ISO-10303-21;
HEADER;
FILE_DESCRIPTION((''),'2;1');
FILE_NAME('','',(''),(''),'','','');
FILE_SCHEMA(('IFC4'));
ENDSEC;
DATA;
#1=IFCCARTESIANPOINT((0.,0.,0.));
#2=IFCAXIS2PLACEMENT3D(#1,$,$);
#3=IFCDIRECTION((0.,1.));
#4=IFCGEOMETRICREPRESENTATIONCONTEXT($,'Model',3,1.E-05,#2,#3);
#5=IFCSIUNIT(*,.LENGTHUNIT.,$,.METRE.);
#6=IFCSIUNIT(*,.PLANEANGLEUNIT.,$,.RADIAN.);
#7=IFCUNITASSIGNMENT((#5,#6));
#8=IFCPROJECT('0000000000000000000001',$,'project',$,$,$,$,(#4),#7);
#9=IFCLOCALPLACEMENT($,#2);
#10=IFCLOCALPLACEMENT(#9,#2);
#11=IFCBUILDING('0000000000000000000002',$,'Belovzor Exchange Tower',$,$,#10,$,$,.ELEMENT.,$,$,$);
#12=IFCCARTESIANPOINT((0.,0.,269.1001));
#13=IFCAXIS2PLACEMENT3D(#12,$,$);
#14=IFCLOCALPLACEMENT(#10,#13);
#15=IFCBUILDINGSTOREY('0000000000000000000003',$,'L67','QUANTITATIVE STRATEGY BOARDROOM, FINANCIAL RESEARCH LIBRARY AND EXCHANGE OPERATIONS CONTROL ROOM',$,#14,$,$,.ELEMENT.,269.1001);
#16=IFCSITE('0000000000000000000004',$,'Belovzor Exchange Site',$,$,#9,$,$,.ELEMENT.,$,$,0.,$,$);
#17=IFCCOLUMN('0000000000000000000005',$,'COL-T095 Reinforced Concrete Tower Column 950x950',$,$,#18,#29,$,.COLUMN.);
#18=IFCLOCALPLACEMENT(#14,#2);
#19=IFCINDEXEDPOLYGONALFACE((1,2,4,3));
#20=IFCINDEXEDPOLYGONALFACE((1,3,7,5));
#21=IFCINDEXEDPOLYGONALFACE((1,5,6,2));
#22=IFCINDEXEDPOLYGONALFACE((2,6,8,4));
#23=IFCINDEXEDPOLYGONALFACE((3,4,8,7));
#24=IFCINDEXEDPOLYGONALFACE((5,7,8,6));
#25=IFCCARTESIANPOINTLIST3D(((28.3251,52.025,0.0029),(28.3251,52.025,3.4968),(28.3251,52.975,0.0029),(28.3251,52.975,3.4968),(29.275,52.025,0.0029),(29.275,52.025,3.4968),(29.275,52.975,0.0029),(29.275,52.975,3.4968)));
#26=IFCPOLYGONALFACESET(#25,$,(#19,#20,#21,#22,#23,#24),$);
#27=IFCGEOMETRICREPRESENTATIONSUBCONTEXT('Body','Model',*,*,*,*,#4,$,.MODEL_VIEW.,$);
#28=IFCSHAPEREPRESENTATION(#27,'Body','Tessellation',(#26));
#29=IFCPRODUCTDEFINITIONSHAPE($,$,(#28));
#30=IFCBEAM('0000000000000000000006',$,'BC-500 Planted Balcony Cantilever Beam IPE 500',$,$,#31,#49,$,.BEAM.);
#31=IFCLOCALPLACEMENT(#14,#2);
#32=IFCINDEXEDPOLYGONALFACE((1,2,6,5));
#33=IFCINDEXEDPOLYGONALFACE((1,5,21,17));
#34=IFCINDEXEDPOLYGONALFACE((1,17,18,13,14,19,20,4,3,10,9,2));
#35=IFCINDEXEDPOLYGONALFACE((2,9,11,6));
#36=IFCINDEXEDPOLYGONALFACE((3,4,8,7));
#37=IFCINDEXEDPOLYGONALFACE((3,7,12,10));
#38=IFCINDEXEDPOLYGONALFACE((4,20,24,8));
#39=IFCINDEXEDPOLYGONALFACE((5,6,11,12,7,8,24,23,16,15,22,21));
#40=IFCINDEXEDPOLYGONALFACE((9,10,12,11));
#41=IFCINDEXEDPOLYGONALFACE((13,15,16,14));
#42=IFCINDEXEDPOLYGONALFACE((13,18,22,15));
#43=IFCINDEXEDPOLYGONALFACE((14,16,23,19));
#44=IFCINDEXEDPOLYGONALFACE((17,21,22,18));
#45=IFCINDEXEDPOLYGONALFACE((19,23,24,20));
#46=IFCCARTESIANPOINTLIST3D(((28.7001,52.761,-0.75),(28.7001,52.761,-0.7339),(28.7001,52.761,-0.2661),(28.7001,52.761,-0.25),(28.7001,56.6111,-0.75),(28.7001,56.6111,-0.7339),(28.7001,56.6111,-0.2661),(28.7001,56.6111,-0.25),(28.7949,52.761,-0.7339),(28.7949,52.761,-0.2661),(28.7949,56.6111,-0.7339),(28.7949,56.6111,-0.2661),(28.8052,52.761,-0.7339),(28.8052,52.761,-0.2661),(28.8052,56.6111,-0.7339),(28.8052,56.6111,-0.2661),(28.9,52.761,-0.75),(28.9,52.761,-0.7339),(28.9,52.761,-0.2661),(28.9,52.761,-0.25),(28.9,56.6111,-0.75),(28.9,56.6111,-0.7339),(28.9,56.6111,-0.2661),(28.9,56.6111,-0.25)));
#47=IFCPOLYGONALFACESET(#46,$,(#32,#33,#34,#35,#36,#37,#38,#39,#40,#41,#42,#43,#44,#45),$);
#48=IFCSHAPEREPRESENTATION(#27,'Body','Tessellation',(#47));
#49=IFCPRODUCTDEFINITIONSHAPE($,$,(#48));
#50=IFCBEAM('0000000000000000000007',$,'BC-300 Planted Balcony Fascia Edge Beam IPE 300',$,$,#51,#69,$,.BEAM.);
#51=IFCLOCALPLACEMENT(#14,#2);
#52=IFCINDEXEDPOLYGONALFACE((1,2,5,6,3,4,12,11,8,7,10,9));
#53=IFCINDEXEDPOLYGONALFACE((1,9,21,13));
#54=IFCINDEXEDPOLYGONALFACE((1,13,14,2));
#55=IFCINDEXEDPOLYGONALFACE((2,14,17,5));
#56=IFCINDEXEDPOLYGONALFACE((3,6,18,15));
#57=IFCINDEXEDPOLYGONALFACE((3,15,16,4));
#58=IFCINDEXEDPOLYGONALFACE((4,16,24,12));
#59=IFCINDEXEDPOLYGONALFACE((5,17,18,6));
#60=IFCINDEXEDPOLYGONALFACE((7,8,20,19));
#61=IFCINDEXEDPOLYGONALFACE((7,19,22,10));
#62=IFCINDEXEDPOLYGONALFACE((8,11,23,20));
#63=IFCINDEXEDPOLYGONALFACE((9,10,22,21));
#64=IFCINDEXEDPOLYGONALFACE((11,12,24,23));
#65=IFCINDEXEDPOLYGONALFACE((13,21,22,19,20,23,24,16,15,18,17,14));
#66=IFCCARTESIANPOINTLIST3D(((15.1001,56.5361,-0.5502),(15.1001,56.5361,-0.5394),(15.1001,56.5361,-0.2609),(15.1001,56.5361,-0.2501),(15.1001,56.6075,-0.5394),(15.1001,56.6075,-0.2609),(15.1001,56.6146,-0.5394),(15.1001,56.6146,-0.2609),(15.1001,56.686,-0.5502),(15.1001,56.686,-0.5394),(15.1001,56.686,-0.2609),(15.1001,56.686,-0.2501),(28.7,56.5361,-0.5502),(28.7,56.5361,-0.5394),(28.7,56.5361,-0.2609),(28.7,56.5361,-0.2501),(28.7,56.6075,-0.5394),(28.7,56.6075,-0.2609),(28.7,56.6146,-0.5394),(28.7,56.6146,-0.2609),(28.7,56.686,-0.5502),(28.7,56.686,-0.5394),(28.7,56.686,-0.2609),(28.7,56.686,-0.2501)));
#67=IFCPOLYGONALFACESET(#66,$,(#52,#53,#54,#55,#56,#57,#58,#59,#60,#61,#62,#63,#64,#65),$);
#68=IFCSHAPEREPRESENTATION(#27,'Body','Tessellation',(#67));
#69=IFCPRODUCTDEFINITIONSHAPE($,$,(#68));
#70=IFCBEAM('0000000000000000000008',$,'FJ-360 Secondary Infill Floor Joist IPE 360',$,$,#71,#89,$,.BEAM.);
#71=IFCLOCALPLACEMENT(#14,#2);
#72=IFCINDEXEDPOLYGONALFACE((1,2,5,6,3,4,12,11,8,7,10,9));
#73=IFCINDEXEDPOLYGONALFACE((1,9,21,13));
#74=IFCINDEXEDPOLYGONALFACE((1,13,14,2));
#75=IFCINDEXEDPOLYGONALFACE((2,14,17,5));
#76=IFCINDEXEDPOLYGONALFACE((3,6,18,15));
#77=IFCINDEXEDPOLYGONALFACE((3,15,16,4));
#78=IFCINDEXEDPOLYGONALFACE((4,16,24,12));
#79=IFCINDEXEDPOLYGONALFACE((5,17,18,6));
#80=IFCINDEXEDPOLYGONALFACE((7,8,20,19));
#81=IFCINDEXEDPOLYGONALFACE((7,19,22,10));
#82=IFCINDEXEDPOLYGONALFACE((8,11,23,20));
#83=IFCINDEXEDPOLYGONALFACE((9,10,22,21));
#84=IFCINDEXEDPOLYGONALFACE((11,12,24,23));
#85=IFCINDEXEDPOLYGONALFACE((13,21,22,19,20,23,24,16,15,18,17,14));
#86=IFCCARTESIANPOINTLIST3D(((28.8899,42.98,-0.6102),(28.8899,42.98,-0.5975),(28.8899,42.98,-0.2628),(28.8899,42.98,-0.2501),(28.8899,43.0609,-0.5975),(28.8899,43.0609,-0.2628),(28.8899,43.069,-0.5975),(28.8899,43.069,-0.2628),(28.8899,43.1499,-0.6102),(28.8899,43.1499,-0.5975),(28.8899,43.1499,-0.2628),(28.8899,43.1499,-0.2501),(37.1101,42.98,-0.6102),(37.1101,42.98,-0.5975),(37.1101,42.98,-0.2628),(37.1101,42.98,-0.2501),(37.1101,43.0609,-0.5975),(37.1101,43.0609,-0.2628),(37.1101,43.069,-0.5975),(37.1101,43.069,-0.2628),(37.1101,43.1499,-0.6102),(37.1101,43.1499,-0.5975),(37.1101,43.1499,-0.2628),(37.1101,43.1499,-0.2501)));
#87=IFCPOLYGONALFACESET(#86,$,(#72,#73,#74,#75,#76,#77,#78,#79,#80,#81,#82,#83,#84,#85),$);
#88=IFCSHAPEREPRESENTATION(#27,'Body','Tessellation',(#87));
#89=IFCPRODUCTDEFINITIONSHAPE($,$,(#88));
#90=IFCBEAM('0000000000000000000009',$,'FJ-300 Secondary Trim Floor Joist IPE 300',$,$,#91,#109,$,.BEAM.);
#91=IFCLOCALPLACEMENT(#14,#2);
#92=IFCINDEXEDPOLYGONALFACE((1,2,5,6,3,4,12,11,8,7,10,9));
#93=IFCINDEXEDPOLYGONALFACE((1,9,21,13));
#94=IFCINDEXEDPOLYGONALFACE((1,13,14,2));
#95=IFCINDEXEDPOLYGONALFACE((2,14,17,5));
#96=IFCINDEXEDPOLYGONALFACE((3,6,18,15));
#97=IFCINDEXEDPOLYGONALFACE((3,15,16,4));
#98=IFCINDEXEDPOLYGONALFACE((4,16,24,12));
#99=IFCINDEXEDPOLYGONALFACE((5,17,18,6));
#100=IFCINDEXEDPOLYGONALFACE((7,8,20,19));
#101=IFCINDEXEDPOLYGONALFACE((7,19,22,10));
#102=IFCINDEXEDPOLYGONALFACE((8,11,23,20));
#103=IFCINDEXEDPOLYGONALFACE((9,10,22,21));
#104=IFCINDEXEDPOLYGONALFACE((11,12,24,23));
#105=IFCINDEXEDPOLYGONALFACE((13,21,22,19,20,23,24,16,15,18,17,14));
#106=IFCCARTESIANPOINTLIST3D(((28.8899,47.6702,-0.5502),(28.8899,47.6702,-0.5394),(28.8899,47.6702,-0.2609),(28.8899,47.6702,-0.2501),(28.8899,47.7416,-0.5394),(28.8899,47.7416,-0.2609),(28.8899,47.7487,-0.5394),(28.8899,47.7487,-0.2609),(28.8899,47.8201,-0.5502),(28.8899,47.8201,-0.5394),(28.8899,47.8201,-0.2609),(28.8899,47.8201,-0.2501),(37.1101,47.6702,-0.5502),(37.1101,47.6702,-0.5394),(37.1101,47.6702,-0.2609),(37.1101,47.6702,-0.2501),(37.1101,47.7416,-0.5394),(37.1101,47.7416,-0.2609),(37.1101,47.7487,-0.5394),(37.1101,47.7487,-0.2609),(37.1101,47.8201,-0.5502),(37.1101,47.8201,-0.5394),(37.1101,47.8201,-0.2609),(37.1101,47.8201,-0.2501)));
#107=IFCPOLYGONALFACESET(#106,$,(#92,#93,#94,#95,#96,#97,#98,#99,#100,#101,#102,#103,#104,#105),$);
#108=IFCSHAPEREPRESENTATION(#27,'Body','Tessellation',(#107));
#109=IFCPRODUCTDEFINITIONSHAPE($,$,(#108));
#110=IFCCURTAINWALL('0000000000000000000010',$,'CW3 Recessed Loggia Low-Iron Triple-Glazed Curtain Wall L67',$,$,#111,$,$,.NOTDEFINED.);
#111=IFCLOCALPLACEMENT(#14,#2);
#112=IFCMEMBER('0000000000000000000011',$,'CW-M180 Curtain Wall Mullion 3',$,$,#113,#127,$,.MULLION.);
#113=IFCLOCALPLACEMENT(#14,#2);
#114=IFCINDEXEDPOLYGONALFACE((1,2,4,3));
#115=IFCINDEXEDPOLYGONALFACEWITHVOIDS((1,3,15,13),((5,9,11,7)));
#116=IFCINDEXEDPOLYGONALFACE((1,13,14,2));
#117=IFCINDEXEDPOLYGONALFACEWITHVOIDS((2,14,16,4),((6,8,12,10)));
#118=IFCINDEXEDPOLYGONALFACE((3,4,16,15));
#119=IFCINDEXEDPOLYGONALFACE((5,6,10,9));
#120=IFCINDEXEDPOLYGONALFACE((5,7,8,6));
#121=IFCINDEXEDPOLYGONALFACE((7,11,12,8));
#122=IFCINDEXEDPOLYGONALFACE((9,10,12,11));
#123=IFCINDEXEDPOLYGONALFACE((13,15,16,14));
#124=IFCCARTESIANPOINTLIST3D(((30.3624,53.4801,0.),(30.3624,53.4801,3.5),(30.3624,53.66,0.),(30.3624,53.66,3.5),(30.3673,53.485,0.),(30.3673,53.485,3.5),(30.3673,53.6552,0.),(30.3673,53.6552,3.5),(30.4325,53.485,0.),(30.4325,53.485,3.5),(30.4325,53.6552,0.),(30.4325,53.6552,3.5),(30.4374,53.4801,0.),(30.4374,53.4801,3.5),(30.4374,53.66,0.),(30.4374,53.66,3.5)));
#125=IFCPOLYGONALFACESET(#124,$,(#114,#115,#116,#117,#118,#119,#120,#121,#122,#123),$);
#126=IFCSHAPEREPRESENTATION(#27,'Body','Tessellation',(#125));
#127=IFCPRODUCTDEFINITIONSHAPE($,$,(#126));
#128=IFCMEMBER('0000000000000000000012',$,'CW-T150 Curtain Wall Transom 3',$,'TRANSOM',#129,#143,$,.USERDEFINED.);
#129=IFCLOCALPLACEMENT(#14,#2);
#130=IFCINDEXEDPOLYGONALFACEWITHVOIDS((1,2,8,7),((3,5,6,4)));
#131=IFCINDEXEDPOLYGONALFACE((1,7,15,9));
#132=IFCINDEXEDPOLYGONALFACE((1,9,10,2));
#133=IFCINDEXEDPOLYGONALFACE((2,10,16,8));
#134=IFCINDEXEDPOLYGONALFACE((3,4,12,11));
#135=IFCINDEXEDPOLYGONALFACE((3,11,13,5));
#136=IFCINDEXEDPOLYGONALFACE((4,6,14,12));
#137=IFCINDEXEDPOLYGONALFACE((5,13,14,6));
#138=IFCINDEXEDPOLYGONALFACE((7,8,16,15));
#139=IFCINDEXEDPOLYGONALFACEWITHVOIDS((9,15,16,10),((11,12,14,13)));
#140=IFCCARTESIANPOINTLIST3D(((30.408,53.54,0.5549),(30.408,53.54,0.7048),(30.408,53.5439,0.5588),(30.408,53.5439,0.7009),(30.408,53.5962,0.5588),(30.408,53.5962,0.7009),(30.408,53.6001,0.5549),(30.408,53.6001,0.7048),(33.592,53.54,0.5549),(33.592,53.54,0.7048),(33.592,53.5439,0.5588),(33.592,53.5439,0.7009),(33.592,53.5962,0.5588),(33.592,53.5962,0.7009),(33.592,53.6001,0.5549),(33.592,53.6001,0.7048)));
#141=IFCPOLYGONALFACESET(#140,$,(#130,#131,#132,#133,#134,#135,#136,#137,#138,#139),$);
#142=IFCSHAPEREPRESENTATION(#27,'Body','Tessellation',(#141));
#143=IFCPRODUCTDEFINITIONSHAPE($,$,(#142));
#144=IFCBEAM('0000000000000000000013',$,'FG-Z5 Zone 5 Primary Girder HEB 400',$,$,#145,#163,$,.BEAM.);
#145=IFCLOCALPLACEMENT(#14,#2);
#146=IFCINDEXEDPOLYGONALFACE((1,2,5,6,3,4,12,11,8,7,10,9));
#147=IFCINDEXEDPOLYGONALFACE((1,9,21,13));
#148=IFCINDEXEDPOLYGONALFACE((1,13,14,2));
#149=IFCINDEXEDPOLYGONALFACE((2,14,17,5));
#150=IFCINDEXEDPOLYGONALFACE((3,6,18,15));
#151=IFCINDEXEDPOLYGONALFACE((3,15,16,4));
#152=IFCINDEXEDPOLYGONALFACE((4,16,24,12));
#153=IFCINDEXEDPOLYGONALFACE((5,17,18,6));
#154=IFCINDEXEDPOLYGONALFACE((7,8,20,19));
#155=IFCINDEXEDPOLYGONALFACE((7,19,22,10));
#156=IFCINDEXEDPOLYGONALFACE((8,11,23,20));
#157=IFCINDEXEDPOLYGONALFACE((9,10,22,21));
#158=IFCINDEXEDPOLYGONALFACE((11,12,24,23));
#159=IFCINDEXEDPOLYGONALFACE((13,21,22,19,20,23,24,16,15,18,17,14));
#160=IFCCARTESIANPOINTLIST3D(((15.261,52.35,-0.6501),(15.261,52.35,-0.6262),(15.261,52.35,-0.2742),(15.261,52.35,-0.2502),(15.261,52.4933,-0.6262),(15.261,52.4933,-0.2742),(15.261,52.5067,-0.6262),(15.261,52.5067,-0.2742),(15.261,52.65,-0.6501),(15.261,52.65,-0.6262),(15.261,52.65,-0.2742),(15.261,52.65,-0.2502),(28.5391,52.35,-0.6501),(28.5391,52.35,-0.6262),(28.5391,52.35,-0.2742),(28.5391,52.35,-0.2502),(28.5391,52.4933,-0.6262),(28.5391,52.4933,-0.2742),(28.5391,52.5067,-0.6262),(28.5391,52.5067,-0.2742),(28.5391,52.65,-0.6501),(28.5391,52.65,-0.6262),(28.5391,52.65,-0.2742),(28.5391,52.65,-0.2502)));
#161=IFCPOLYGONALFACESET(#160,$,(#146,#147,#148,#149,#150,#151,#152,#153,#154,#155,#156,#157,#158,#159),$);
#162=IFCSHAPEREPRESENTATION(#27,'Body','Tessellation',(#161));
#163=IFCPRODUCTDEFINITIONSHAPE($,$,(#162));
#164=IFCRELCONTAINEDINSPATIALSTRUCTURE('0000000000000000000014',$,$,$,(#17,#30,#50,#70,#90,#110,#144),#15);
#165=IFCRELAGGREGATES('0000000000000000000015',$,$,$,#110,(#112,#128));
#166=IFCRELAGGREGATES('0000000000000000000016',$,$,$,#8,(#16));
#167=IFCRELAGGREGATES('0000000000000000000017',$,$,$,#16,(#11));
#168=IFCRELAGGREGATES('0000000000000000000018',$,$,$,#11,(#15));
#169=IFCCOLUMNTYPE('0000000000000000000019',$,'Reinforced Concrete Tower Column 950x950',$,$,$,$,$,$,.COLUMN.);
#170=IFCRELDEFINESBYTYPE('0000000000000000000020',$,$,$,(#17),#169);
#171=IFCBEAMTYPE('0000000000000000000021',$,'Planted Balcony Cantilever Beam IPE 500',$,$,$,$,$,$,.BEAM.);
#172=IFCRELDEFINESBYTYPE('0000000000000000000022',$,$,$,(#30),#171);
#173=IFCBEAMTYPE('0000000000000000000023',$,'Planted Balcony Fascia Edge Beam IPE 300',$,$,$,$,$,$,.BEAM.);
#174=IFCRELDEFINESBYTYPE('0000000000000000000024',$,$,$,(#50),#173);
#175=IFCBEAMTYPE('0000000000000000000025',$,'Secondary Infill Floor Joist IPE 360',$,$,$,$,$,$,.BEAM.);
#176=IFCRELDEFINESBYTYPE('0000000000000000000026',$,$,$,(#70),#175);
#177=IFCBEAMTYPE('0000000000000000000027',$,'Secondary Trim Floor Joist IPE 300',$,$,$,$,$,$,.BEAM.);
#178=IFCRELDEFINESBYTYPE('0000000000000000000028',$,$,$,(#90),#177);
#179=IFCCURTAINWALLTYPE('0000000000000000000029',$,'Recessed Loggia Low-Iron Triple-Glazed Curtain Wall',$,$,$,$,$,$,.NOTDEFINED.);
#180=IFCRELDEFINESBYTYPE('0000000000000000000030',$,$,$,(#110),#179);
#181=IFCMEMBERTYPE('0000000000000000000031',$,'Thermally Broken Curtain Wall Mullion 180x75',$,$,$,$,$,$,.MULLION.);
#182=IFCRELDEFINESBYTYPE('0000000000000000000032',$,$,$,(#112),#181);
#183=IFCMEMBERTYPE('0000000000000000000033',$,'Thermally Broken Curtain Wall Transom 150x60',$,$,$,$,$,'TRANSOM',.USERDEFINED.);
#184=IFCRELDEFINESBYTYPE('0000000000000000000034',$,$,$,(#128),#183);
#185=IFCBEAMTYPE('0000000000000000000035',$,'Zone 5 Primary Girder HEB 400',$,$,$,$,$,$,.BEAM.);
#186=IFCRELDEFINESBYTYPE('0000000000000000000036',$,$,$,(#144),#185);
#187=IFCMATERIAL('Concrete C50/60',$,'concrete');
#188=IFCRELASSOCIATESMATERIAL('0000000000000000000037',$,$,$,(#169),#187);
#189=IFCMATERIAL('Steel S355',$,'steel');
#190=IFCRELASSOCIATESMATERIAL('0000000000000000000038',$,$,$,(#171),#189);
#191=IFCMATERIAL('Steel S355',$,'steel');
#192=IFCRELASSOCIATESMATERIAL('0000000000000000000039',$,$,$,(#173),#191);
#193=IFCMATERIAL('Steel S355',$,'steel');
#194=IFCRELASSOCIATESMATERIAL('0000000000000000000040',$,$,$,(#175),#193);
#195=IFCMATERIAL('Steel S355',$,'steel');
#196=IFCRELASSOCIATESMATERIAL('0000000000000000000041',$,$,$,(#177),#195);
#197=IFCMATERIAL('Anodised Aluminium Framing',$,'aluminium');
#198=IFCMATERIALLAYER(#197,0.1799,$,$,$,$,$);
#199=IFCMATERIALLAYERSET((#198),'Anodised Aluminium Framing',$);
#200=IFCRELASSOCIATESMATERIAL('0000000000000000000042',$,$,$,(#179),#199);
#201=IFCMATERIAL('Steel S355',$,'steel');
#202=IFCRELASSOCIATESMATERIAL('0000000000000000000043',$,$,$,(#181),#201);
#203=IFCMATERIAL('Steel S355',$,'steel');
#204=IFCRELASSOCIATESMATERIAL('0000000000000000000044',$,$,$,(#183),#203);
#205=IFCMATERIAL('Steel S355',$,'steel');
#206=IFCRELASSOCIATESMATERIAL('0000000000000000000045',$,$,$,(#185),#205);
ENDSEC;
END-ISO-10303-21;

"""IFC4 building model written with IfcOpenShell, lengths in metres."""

from ifc_helpers import new_model, si_unit, direction, frame, origin, origin_2d, place, context, subcontext, project, spatial, rectangle, hollow_rectangle, i_section, extrude, material, layer, layer_set, material_profile, profile_set, type_object, element, aggregate, save


model = new_model("IFC4")

# Units and contexts
model_context = context("Model", 3, precision=1e-05, world=origin(), true_north=direction((0.0, 1.0)))
body_context = subcontext(model_context, "Body", "Model", "MODEL_VIEW")
ifc_project = project(units=[si_unit("LENGTHUNIT", "METRE"), si_unit("PLANEANGLEUNIT", "RADIAN")], contexts=[model_context])

# Site, building, storey
site_placement = place(None, origin())
site = spatial("IfcSite", under=ifc_project, at=site_placement, Name="Belovzor Exchange Site", CompositionType="ELEMENT", RefElevation=0.0)
building_placement = place(site_placement, origin())
building = spatial("IfcBuilding", under=site, at=building_placement, Name="Belovzor Exchange Tower", CompositionType="ELEMENT")
storey_placement = place(building_placement, frame((0.0, 0.0, 269.1001)))
storey = spatial("IfcBuildingStorey", under=building, at=storey_placement, Name="L67", Description="QUANTITATIVE STRATEGY BOARDROOM, FINANCIAL RESEARCH LIBRARY AND EXCHANGE OPERATIONS CONTROL ROOM", CompositionType="ELEMENT", Elevation=269.1001)

# Column
ifc_material_1 = material(Name="Concrete C50/60", Category="concrete")
ifc_material_profile_1 = material_profile(ifc_material_1, rectangle(XDim=0.95, YDim=0.95, at=origin_2d()))
ifc_profile_set_1 = profile_set([ifc_material_profile_1], Name="Concrete C50/60")
column_type = type_object("IfcColumnType", Name="Reinforced Concrete Tower Column 950x950", PredefinedType="COLUMN", material=ifc_profile_set_1)
column_placement = place(storey_placement, frame((28.8, 52.5, 0.0029), z_axis=(0.0, 0.0, 1.0), x_axis=(1.0, 0.0, 0.0)))
element("IfcColumn", 1, at=column_placement, inside=storey, type_object=column_type, Name="COL-T095 Reinforced Concrete Tower Column 950x950", PredefinedType="COLUMN", context=body_context, shape_type="SweptSolid", body=[
    extrude(rectangle(XDim=0.95, YDim=0.95, at=origin_2d()), origin(), (0.0, 0.0, 1.0), 3.4939),
])

# Beams
ifc_material_2 = material(Name="Steel S355", Category="steel")
ifc_material_profile_2 = material_profile(ifc_material_2, i_section(OverallWidth=0.2, OverallDepth=0.5, WebThickness=0.0103, FlangeThickness=0.0161, at=origin_2d()))
ifc_profile_set_2 = profile_set([ifc_material_profile_2], Name="Steel S355")
beam_type_1 = type_object("IfcBeamType", Name="Planted Balcony Cantilever Beam IPE 500", PredefinedType="BEAM", material=ifc_profile_set_2)
beam_1_placement = place(storey_placement, frame((28.8, 52.761, -0.5), z_axis=(0.0, 1.0, 0.0), x_axis=(-1.0, 0.0, 0.0)))
element("IfcBeam", 2, at=beam_1_placement, inside=storey, type_object=beam_type_1, Name="BC-500 Planted Balcony Cantilever Beam IPE 500", PredefinedType="BEAM", context=body_context, shape_type="SweptSolid", body=[
    extrude(i_section(OverallWidth=0.2, OverallDepth=0.5, WebThickness=0.0103, FlangeThickness=0.0161, at=origin_2d()), origin(), (0.0, 0.0, 1.0), 3.8501),
])
ifc_material_3 = material(Name="Steel S355", Category="steel")
ifc_material_profile_3 = material_profile(ifc_material_3, i_section(OverallWidth=0.1499, OverallDepth=0.3, WebThickness=0.0071, FlangeThickness=0.0107, at=origin_2d()))
ifc_profile_set_3 = profile_set([ifc_material_profile_3], Name="Steel S355")
beam_type_2 = type_object("IfcBeamType", Name="Planted Balcony Fascia Edge Beam IPE 300", PredefinedType="BEAM", material=ifc_profile_set_3)
beam_2_placement = place(storey_placement, frame((28.7, 56.6111, -0.4001), z_axis=(-1.0, 0.0, 0.0), x_axis=(0.0, -1.0, 0.0)))
element("IfcBeam", 3, at=beam_2_placement, inside=storey, type_object=beam_type_2, Name="BC-300 Planted Balcony Fascia Edge Beam IPE 300", PredefinedType="BEAM", context=body_context, shape_type="SweptSolid", body=[
    extrude(i_section(OverallWidth=0.1499, OverallDepth=0.3, WebThickness=0.0071, FlangeThickness=0.0107, at=origin_2d()), origin(), (0.0, 0.0, 1.0), 13.5999),
])
ifc_material_4 = material(Name="Steel S355", Category="steel")
ifc_material_profile_4 = material_profile(ifc_material_4, i_section(OverallWidth=0.1699, OverallDepth=0.3601, WebThickness=0.0081, FlangeThickness=0.0127, at=origin_2d()))
ifc_profile_set_4 = profile_set([ifc_material_profile_4], Name="Steel S355")
beam_type_3 = type_object("IfcBeamType", Name="Secondary Infill Floor Joist IPE 360", PredefinedType="BEAM", material=ifc_profile_set_4)
beam_3_placement = place(storey_placement, frame((28.8899, 43.0649, -0.4302), z_axis=(1.0, 0.0, 0.0), x_axis=(0.0, 1.0, 0.0)))
element("IfcBeam", 4, at=beam_3_placement, inside=storey, type_object=beam_type_3, Name="FJ-360 Secondary Infill Floor Joist IPE 360", PredefinedType="BEAM", context=body_context, shape_type="SweptSolid", body=[
    extrude(i_section(OverallWidth=0.1699, OverallDepth=0.3601, WebThickness=0.0081, FlangeThickness=0.0127, at=origin_2d()), origin(), (0.0, 0.0, 1.0), 8.2202),
])
ifc_material_5 = material(Name="Steel S355", Category="steel")
ifc_material_profile_5 = material_profile(ifc_material_5, i_section(OverallWidth=0.1499, OverallDepth=0.3, WebThickness=0.0071, FlangeThickness=0.0107, at=origin_2d()))
ifc_profile_set_5 = profile_set([ifc_material_profile_5], Name="Steel S355")
beam_type_4 = type_object("IfcBeamType", Name="Secondary Trim Floor Joist IPE 300", PredefinedType="BEAM", material=ifc_profile_set_5)
beam_4_placement = place(storey_placement, frame((28.8899, 47.7451, -0.4001), z_axis=(1.0, 0.0, 0.0), x_axis=(0.0, 1.0, 0.0)))
element("IfcBeam", 5, at=beam_4_placement, inside=storey, type_object=beam_type_4, Name="FJ-300 Secondary Trim Floor Joist IPE 300", PredefinedType="BEAM", context=body_context, shape_type="SweptSolid", body=[
    extrude(i_section(OverallWidth=0.1499, OverallDepth=0.3, WebThickness=0.0071, FlangeThickness=0.0107, at=origin_2d()), origin(), (0.0, 0.0, 1.0), 8.2202),
])

# Curtain wall, members
ifc_material_6 = material(Name="Anodised Aluminium Framing", Category="aluminium")
ifc_layer_1 = layer(ifc_material_6, 0.1799)
ifc_layer_set_1 = layer_set([ifc_layer_1], Name="Anodised Aluminium Framing")
curtain_wall_type = type_object("IfcCurtainWallType", Name="Recessed Loggia Low-Iron Triple-Glazed Curtain Wall", PredefinedType="NOTDEFINED", material=ifc_layer_set_1)
curtain_wall_placement = place(storey_placement, origin())
curtain_wall = element("IfcCurtainWall", 6, at=curtain_wall_placement, inside=storey, type_object=curtain_wall_type, Name="CW3 Recessed Loggia Low-Iron Triple-Glazed Curtain Wall L67", PredefinedType="NOTDEFINED")
ifc_material_7 = material(Name="Steel S355", Category="steel")
ifc_material_profile_6 = material_profile(ifc_material_7, hollow_rectangle(XDim=0.075, YDim=0.1799, WallThickness=0.0049, at=origin_2d()))
ifc_profile_set_6 = profile_set([ifc_material_profile_6], Name="Steel S355")
member_type_1 = type_object("IfcMemberType", Name="Thermally Broken Curtain Wall Mullion 180x75", PredefinedType="MULLION", material=ifc_profile_set_6)
member_1_placement = place(storey_placement, frame((30.3999, 53.5701, 0.0), z_axis=(0.0, 0.0, 1.0), x_axis=(1.0, 0.0, 0.0)))
member_1 = element("IfcMember", 7, at=member_1_placement, type_object=member_type_1, Name="CW-M180 Curtain Wall Mullion 3", PredefinedType="MULLION", context=body_context, shape_type="SweptSolid", body=[
    extrude(hollow_rectangle(XDim=0.075, YDim=0.1799, WallThickness=0.0049, at=origin_2d()), origin(), (0.0, 0.0, 1.0), 3.5),
])
ifc_material_8 = material(Name="Steel S355", Category="steel")
ifc_material_profile_7 = material_profile(ifc_material_8, hollow_rectangle(XDim=0.0601, YDim=0.1499, WallThickness=0.0039, at=origin_2d()))
ifc_profile_set_7 = profile_set([ifc_material_profile_7], Name="Steel S355")
member_type_2 = type_object("IfcMemberType", Name="Thermally Broken Curtain Wall Transom 150x60", ElementType="TRANSOM", PredefinedType="USERDEFINED", material=ifc_profile_set_7)
member_2_placement = place(storey_placement, frame((30.408, 53.5701, 0.6299), z_axis=(1.0, 0.0, 0.0), x_axis=(0.0, 1.0, 0.0)))
member_2 = element("IfcMember", 8, at=member_2_placement, type_object=member_type_2, Name="CW-T150 Curtain Wall Transom 3", ObjectType="TRANSOM", PredefinedType="USERDEFINED", context=body_context, shape_type="SweptSolid", body=[
    extrude(hollow_rectangle(XDim=0.0601, YDim=0.1499, WallThickness=0.0039, at=origin_2d()), origin(), (0.0, 0.0, 1.0), 3.1841),
])

# Beam
ifc_material_9 = material(Name="Steel S355", Category="steel")
ifc_material_profile_8 = material_profile(ifc_material_9, i_section(OverallWidth=0.3, OverallDepth=0.3999, WebThickness=0.0134, FlangeThickness=0.0239, at=origin_2d()))
ifc_profile_set_8 = profile_set([ifc_material_profile_8], Name="Steel S355")
beam_type_5 = type_object("IfcBeamType", Name="Zone 5 Primary Girder HEB 400", PredefinedType="BEAM", material=ifc_profile_set_8)
beam_5_placement = place(storey_placement, frame((28.5391, 52.5, -0.4502), z_axis=(-1.0, 0.0, 0.0), x_axis=(0.0, -1.0, 0.0)))
element("IfcBeam", 9, at=beam_5_placement, inside=storey, type_object=beam_type_5, Name="FG-Z5 Zone 5 Primary Girder HEB 400", PredefinedType="BEAM", context=body_context, shape_type="SweptSolid", body=[
    extrude(i_section(OverallWidth=0.3, OverallDepth=0.3999, WebThickness=0.0134, FlangeThickness=0.0239, at=origin_2d()), origin(), (0.0, 0.0, 1.0), 13.2781),
])

aggregate(curtain_wall, [member_1, member_2])

save(model, "model.ifc")
